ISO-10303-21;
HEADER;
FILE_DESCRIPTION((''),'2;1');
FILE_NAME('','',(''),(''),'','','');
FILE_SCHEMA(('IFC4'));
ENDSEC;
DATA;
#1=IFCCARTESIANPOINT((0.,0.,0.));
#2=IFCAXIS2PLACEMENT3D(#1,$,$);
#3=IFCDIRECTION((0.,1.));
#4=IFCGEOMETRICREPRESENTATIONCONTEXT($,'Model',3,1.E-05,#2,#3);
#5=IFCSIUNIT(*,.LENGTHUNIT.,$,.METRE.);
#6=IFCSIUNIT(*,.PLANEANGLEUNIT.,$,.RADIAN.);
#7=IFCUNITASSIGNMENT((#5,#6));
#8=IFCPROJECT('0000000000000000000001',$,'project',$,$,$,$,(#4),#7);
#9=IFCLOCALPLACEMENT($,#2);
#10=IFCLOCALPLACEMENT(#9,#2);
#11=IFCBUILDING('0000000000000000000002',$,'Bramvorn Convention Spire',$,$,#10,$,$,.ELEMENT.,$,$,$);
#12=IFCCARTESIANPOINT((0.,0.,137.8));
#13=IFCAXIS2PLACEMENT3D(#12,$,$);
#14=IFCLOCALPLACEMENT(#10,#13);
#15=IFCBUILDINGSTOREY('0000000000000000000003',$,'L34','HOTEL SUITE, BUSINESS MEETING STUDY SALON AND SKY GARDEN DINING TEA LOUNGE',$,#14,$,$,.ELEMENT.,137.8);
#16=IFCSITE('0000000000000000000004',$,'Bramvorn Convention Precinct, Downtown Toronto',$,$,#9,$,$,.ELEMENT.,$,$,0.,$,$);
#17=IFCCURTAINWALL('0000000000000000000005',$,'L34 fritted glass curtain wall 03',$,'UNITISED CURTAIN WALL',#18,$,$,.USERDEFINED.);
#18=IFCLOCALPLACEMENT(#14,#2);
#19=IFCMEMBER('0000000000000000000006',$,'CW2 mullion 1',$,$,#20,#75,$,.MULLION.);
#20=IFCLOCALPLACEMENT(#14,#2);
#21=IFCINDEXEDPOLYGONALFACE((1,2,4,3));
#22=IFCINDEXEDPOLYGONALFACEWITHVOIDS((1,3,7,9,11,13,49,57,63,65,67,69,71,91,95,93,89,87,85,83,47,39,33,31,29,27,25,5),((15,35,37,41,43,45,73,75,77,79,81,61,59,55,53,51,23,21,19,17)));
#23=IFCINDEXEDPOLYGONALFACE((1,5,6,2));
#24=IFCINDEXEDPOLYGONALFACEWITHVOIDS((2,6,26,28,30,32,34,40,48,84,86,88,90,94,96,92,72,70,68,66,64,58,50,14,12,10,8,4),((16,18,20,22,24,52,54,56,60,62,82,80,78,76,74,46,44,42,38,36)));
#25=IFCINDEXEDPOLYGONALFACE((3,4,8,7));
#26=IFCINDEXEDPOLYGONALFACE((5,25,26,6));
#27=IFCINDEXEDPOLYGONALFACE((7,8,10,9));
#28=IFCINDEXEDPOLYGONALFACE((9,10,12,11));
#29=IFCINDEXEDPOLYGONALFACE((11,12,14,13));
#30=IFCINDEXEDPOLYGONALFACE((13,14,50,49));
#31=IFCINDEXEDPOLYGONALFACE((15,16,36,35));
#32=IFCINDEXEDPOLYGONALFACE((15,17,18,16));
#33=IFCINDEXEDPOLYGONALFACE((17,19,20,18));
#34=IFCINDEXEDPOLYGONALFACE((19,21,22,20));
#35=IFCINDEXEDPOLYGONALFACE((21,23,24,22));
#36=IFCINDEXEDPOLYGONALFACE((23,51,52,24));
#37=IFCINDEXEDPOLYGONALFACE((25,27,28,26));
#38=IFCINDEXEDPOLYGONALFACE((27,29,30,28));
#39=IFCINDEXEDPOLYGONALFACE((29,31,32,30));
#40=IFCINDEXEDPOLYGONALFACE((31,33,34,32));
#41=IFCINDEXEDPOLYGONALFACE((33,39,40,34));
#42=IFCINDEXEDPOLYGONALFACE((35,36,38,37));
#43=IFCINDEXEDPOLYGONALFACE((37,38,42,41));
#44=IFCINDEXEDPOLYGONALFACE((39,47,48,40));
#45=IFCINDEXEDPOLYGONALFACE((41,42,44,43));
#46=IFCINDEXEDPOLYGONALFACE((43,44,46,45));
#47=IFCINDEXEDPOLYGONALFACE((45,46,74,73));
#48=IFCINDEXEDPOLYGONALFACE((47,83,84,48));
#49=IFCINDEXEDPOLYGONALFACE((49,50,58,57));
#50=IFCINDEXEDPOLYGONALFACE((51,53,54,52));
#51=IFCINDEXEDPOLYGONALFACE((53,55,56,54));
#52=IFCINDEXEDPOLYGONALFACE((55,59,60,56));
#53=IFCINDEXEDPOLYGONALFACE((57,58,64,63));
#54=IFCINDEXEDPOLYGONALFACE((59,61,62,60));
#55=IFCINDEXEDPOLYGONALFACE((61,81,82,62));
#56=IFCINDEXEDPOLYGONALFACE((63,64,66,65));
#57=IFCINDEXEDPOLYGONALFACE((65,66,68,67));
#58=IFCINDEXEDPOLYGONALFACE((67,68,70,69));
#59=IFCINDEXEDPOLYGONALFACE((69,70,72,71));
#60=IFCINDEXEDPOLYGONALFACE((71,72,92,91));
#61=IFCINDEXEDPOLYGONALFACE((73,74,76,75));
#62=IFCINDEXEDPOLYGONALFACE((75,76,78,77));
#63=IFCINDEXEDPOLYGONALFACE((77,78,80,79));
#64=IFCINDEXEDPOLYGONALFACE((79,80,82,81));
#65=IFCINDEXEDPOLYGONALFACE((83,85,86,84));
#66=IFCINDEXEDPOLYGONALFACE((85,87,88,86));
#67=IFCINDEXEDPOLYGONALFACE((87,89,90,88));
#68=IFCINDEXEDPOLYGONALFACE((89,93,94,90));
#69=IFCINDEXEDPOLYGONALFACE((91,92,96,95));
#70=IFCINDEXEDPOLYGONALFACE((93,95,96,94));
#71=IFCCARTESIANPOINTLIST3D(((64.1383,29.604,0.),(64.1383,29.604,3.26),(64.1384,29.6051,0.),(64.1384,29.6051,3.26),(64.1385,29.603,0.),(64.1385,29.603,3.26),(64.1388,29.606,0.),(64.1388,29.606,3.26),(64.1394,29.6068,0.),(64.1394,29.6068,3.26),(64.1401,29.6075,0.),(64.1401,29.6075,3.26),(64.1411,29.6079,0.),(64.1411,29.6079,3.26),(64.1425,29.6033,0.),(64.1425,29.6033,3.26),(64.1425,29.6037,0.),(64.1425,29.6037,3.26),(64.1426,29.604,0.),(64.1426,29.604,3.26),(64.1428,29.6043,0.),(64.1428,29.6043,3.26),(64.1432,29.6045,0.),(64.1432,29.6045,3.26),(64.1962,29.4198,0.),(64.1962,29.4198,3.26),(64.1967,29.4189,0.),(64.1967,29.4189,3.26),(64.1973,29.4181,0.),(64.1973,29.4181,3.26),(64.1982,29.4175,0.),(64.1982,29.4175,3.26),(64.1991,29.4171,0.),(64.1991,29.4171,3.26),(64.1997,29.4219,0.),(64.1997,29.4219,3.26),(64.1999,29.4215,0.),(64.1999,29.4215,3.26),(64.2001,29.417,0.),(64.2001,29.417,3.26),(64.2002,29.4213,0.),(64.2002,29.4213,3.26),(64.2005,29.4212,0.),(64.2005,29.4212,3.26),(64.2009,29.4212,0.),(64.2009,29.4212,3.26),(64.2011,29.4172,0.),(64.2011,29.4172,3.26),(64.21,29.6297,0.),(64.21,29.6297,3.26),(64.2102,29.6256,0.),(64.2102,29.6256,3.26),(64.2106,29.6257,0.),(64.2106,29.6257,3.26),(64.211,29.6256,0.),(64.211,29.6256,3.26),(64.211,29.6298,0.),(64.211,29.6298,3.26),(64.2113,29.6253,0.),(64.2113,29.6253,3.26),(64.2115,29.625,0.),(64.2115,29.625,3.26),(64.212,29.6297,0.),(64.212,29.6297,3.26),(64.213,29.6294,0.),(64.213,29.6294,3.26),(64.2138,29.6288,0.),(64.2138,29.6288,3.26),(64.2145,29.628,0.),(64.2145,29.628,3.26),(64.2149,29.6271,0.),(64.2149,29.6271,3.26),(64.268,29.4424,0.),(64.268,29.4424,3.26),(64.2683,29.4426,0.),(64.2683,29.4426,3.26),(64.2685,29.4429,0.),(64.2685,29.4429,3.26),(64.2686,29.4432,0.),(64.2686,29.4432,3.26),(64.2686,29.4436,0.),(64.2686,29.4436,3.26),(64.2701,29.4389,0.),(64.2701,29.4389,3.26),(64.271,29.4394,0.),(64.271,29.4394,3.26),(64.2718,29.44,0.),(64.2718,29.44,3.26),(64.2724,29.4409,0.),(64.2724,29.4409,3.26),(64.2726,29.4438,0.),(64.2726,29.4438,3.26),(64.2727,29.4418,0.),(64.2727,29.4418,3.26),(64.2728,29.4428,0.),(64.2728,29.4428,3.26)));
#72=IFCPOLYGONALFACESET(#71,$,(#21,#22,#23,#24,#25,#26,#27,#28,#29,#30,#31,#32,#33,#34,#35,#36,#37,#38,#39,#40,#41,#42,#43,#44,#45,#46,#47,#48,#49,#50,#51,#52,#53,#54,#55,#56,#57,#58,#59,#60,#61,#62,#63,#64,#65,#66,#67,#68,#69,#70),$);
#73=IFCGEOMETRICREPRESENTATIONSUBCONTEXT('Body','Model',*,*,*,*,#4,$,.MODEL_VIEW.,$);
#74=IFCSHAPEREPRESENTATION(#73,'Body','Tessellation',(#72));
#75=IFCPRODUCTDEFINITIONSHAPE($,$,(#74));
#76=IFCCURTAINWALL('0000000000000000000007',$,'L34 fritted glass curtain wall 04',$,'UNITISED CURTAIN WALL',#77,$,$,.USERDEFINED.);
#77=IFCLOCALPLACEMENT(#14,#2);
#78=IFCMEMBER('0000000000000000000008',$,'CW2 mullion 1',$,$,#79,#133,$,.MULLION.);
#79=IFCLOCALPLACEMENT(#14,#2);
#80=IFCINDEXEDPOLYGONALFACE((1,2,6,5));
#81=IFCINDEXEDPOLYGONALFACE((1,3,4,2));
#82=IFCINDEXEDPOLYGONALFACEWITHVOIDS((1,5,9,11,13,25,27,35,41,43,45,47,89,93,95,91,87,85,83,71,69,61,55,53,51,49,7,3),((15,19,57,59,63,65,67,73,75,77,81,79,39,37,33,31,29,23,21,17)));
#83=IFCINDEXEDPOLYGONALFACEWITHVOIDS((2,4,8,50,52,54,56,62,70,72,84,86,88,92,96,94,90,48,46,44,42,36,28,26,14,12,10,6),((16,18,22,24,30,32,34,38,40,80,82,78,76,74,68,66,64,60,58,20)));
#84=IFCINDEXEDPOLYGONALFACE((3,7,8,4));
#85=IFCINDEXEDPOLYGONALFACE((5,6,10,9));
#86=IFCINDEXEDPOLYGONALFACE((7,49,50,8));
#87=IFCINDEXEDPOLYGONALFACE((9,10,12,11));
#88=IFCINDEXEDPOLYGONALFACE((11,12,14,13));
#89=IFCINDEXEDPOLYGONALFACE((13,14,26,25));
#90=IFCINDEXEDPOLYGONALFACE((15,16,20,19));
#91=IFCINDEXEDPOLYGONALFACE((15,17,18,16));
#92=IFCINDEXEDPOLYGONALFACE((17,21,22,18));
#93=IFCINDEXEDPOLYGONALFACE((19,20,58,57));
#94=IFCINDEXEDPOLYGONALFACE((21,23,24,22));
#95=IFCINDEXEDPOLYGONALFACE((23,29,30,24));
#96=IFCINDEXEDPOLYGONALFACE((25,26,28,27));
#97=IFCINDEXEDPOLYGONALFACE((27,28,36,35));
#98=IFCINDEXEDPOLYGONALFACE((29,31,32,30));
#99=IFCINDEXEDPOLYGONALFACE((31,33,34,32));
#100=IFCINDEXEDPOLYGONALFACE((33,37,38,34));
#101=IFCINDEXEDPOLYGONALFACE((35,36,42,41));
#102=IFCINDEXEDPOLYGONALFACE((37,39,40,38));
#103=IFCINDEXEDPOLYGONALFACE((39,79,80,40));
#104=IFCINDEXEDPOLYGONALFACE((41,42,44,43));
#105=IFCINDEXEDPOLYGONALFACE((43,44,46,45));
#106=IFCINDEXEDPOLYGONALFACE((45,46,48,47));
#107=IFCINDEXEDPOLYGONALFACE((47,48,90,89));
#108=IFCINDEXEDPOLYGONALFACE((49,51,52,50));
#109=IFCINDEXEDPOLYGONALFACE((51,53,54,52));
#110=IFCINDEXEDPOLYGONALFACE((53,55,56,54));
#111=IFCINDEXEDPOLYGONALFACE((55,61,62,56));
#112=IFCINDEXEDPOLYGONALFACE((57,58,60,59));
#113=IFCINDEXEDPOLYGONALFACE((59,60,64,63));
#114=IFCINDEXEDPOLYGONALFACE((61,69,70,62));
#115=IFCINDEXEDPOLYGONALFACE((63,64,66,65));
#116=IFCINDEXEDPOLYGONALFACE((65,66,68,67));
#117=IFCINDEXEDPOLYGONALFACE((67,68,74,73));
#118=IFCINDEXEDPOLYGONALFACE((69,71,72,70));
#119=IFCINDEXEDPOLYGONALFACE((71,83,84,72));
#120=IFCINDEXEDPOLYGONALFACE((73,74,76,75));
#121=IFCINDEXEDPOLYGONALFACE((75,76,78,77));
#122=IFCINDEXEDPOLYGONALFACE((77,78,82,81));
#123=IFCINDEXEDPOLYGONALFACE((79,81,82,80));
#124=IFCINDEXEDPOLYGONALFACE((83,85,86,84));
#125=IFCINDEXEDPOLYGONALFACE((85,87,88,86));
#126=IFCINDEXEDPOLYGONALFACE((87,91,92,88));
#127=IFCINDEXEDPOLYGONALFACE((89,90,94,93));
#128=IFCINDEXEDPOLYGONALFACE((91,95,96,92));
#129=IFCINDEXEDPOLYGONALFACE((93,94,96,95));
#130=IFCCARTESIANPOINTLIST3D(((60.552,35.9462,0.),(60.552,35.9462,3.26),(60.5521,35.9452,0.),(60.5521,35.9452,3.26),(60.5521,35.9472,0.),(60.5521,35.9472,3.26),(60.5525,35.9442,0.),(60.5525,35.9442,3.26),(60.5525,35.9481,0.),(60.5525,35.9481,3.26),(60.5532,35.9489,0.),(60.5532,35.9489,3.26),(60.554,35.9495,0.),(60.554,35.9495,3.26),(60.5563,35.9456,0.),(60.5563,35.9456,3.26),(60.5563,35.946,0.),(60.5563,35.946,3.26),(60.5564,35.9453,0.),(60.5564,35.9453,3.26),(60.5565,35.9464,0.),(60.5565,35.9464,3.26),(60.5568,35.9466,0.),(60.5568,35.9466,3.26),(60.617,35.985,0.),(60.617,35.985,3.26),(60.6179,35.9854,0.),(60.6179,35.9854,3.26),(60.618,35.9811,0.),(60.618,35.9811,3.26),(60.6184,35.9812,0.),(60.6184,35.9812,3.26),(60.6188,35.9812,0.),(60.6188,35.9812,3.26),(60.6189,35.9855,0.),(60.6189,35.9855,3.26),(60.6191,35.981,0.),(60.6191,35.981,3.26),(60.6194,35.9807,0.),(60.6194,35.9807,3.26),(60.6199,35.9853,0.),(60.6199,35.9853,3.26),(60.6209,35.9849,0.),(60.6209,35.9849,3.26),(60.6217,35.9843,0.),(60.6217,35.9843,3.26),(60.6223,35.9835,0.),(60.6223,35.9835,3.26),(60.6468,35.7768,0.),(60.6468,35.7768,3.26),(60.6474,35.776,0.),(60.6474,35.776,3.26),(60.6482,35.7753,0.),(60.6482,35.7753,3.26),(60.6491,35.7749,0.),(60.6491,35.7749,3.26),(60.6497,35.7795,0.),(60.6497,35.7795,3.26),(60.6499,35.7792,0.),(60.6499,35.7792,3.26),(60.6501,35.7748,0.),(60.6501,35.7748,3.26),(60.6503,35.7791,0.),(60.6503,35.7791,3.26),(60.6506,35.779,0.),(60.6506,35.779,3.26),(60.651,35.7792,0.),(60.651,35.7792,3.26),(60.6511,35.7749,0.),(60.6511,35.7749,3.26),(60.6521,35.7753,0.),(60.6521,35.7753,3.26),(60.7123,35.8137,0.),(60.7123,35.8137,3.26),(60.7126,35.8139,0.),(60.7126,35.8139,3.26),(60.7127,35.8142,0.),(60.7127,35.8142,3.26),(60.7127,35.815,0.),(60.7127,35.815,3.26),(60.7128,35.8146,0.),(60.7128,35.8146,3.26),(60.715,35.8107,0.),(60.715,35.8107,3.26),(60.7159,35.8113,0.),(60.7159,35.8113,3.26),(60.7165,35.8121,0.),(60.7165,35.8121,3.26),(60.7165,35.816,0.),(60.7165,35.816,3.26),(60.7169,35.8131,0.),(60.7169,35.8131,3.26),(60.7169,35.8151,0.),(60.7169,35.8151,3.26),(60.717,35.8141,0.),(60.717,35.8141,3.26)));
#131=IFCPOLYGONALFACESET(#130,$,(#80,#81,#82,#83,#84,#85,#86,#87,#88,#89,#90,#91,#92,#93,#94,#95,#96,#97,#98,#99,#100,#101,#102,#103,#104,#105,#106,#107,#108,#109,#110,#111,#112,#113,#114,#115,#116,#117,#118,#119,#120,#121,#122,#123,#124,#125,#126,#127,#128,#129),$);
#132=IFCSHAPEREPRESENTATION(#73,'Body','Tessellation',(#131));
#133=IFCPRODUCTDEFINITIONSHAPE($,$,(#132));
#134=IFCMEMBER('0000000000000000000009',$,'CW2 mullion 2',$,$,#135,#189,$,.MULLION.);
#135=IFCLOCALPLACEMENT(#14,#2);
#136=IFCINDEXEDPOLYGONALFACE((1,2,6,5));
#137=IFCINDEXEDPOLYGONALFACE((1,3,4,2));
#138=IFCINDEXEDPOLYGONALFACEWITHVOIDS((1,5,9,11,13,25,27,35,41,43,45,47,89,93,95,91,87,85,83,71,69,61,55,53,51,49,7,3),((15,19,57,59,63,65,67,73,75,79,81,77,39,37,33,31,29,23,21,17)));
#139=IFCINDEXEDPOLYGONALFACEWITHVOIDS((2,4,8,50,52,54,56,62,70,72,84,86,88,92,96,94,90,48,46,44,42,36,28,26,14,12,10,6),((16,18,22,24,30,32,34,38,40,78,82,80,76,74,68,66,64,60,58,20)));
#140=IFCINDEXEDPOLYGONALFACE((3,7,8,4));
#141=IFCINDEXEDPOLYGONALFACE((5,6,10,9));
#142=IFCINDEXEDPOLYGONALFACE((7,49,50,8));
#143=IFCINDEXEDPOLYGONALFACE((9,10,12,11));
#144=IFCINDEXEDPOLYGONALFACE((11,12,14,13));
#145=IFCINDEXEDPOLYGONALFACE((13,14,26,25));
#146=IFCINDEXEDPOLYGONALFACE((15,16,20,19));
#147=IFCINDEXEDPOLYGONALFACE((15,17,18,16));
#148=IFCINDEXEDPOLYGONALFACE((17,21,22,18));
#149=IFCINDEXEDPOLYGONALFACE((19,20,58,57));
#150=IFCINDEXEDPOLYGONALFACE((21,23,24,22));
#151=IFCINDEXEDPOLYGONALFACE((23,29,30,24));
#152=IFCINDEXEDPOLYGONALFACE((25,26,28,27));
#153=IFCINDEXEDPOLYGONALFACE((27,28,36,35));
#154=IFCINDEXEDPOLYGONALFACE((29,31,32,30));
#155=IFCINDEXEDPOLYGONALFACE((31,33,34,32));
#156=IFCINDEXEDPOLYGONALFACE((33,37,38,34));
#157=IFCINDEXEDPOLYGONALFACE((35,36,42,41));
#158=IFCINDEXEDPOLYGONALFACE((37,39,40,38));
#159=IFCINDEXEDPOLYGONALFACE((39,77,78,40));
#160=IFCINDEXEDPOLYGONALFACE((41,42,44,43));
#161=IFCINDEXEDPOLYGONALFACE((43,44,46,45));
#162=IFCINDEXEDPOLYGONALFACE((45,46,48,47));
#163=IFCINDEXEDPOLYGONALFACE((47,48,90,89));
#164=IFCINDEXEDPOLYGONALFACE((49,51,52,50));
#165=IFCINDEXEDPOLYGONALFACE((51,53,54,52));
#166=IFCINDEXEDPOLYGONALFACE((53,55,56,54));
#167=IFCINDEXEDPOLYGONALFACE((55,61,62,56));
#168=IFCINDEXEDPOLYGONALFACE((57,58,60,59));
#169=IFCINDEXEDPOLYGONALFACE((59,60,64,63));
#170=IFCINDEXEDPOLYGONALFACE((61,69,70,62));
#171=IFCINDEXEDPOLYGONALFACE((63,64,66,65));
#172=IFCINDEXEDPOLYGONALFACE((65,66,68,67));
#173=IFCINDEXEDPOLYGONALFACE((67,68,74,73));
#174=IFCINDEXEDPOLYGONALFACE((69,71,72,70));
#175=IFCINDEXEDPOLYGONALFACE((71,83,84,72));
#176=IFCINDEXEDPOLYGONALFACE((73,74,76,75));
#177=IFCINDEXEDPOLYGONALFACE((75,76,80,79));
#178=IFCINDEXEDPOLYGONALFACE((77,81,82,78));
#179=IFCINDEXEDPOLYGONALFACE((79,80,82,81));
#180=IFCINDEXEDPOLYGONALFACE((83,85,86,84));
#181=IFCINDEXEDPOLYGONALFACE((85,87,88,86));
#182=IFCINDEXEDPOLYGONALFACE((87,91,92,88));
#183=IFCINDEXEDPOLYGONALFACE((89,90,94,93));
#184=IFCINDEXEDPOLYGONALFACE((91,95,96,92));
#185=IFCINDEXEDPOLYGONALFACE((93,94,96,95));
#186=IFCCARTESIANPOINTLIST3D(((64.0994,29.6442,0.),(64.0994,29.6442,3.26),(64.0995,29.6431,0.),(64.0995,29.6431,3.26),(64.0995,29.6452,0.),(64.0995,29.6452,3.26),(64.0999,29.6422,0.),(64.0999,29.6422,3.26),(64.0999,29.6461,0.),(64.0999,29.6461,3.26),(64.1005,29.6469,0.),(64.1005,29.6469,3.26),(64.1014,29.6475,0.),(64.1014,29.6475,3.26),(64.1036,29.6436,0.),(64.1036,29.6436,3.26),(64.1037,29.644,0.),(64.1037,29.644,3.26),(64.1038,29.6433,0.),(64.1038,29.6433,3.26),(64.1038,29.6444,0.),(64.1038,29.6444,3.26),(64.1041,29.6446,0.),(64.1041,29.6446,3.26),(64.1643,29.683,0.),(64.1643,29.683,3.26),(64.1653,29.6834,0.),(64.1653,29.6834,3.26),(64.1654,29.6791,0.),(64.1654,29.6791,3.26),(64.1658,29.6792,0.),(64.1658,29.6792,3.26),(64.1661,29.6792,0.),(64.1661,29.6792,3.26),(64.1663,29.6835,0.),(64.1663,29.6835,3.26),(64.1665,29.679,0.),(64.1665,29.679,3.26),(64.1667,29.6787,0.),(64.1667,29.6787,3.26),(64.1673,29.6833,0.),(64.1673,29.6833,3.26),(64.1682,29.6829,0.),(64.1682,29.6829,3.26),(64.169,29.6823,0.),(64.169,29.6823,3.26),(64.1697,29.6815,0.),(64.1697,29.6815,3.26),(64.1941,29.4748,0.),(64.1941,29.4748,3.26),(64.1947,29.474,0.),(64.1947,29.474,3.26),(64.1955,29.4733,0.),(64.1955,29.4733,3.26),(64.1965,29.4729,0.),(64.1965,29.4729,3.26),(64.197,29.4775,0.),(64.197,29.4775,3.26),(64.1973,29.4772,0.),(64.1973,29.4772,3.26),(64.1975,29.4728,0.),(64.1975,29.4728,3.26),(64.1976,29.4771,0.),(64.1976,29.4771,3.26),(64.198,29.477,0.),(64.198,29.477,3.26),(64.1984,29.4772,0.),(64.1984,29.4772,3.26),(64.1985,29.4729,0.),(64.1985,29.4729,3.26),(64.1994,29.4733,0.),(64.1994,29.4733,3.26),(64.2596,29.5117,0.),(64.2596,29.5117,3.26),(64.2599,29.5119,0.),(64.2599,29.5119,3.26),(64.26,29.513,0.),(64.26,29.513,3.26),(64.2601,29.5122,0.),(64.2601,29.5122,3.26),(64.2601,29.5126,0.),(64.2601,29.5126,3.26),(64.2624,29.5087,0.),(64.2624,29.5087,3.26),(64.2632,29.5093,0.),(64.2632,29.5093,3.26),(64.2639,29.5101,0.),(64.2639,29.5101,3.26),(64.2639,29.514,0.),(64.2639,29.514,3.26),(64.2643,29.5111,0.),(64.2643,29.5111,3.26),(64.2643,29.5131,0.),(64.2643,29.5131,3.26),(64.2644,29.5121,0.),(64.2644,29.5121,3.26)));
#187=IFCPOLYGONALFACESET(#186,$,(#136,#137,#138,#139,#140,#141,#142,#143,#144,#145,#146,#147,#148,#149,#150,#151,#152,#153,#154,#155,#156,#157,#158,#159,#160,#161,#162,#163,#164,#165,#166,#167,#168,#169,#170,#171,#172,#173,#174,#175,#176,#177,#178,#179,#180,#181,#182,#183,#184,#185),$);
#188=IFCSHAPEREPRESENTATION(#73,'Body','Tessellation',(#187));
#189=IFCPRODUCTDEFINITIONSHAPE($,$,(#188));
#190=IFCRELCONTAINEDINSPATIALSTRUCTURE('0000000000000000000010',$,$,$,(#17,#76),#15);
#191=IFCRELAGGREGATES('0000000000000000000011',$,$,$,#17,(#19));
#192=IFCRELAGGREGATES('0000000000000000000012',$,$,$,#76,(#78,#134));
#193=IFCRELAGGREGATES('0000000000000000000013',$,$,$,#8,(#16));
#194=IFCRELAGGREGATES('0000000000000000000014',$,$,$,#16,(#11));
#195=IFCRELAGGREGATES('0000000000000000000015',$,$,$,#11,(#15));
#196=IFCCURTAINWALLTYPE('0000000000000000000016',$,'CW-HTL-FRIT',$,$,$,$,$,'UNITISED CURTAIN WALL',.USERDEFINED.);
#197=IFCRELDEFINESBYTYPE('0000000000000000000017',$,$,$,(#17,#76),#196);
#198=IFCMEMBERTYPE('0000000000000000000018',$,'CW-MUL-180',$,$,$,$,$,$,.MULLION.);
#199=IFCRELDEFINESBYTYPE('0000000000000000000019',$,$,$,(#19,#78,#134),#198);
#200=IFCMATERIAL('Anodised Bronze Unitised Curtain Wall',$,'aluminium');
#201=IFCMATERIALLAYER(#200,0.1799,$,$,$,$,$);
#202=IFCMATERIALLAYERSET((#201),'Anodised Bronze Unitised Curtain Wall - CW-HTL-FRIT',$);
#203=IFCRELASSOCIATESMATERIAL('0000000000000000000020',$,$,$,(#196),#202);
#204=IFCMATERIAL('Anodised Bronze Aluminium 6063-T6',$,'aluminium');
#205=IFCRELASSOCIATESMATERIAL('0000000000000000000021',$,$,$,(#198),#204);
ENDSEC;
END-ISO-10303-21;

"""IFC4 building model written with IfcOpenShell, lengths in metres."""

from ifc_helpers import new_model, si_unit, direction, frame, origin, origin_2d, place, context, subcontext, project, spatial, hollow_rectangle, extrude, material, layer, layer_set, material_profile, profile_set, type_object, element, aggregate, save


model = new_model("IFC4")

# Units and contexts
model_context = context("Model", 3, precision=1e-05, world=origin(), true_north=direction((0.0, 1.0)))
body_context = subcontext(model_context, "Body", "Model", "MODEL_VIEW")
ifc_project = project(units=[si_unit("LENGTHUNIT", "METRE"), si_unit("PLANEANGLEUNIT", "RADIAN")], contexts=[model_context])

# Site, building, storey
site_placement = place(None, origin())
site = spatial("IfcSite", under=ifc_project, at=site_placement, Name="Bramvorn Convention Precinct, Downtown Toronto", CompositionType="ELEMENT", RefElevation=0.0)
building_placement = place(site_placement, origin())
building = spatial("IfcBuilding", under=site, at=building_placement, Name="Bramvorn Convention Spire", CompositionType="ELEMENT")
storey_placement = place(building_placement, frame((0.0, 0.0, 137.8)))
storey = spatial("IfcBuildingStorey", under=building, at=storey_placement, Name="L34", Description="HOTEL SUITE, BUSINESS MEETING STUDY SALON AND SKY GARDEN DINING TEA LOUNGE", CompositionType="ELEMENT", Elevation=137.8)

# Curtain wall, member
ifc_material_1 = material(Name="Anodised Bronze Unitised Curtain Wall", Category="aluminium")
ifc_layer_1 = layer(ifc_material_1, 0.1799)
ifc_layer_set_1 = layer_set([ifc_layer_1], Name="Anodised Bronze Unitised Curtain Wall - CW-HTL-FRIT")
curtain_wall_type = type_object("IfcCurtainWallType", Name="CW-HTL-FRIT", ElementType="UNITISED CURTAIN WALL", PredefinedType="USERDEFINED", material=ifc_layer_set_1)
curtain_wall_1_placement = place(storey_placement, origin())
curtain_wall_1 = element("IfcCurtainWall", 1, at=curtain_wall_1_placement, inside=storey, type_object=curtain_wall_type, Name="L34 fritted glass curtain wall 03", ObjectType="UNITISED CURTAIN WALL", PredefinedType="USERDEFINED")
ifc_material_2 = material(Name="Anodised Bronze Aluminium 6063-T6", Category="aluminium")
ifc_material_profile_1 = material_profile(ifc_material_2, hollow_rectangle(XDim=0.0801, YDim=0.2, WallThickness=0.0039, InnerFilletRadius=0.001, OuterFilletRadius=0.0039, at=origin_2d()))
ifc_profile_set_1 = profile_set([ifc_material_profile_1], Name="Anodised Bronze Aluminium 6063-T6 - CWM80X200")
member_type_1 = type_object("IfcMemberType", Name="CW-MUL-180", PredefinedType="MULLION", material=ifc_profile_set_1)
member_1_placement = place(storey_placement, frame((64.2056, 29.5234, 0.0), z_axis=(0.0, 0.0, 1.0), x_axis=(0.953785, 0.300489, 0.0)))
member_1 = element("IfcMember", 2, at=member_1_placement, type_object=member_type_1, Name="CW2 mullion 1", PredefinedType="MULLION", context=body_context, shape_type="SweptSolid", body=[
    extrude(hollow_rectangle(XDim=0.0801, YDim=0.2, WallThickness=0.0039, InnerFilletRadius=0.001, OuterFilletRadius=0.0039, at=origin_2d()), origin(), (0.0, 0.0, 1.0), 3.26),
])

# Curtain wall, members
curtain_wall_2_placement = place(storey_placement, origin())
curtain_wall_2 = element("IfcCurtainWall", 3, at=curtain_wall_2_placement, inside=storey, type_object=curtain_wall_type, Name="L34 fritted glass curtain wall 04", ObjectType="UNITISED CURTAIN WALL", PredefinedType="USERDEFINED")
member_2_placement = place(storey_placement, frame((60.6345, 35.8801, 0.0), z_axis=(0.0, 0.0, 1.0), x_axis=(0.871434, 0.490512, 0.0)))
member_2 = element("IfcMember", 4, at=member_2_placement, type_object=member_type_1, Name="CW2 mullion 1", PredefinedType="MULLION", context=body_context, shape_type="SweptSolid", body=[
    extrude(hollow_rectangle(XDim=0.0801, YDim=0.2, WallThickness=0.0039, InnerFilletRadius=0.001, OuterFilletRadius=0.0039, at=origin_2d()), origin(), (0.0, 0.0, 1.0), 3.26),
])
member_3_placement = place(storey_placement, frame((64.1819, 29.5781, 0.0), z_axis=(0.0, 0.0, 1.0), x_axis=(0.871434, 0.490512, 0.0)))
member_3 = element("IfcMember", 5, at=member_3_placement, type_object=member_type_1, Name="CW2 mullion 2", PredefinedType="MULLION", context=body_context, shape_type="SweptSolid", body=[
    extrude(hollow_rectangle(XDim=0.0801, YDim=0.2, WallThickness=0.0039, InnerFilletRadius=0.001, OuterFilletRadius=0.0039, at=origin_2d()), origin(), (0.0, 0.0, 1.0), 3.26),
])

aggregate(curtain_wall_1, [member_1])

aggregate(curtain_wall_2, [member_2, member_3])

save(model, "model.ifc")
